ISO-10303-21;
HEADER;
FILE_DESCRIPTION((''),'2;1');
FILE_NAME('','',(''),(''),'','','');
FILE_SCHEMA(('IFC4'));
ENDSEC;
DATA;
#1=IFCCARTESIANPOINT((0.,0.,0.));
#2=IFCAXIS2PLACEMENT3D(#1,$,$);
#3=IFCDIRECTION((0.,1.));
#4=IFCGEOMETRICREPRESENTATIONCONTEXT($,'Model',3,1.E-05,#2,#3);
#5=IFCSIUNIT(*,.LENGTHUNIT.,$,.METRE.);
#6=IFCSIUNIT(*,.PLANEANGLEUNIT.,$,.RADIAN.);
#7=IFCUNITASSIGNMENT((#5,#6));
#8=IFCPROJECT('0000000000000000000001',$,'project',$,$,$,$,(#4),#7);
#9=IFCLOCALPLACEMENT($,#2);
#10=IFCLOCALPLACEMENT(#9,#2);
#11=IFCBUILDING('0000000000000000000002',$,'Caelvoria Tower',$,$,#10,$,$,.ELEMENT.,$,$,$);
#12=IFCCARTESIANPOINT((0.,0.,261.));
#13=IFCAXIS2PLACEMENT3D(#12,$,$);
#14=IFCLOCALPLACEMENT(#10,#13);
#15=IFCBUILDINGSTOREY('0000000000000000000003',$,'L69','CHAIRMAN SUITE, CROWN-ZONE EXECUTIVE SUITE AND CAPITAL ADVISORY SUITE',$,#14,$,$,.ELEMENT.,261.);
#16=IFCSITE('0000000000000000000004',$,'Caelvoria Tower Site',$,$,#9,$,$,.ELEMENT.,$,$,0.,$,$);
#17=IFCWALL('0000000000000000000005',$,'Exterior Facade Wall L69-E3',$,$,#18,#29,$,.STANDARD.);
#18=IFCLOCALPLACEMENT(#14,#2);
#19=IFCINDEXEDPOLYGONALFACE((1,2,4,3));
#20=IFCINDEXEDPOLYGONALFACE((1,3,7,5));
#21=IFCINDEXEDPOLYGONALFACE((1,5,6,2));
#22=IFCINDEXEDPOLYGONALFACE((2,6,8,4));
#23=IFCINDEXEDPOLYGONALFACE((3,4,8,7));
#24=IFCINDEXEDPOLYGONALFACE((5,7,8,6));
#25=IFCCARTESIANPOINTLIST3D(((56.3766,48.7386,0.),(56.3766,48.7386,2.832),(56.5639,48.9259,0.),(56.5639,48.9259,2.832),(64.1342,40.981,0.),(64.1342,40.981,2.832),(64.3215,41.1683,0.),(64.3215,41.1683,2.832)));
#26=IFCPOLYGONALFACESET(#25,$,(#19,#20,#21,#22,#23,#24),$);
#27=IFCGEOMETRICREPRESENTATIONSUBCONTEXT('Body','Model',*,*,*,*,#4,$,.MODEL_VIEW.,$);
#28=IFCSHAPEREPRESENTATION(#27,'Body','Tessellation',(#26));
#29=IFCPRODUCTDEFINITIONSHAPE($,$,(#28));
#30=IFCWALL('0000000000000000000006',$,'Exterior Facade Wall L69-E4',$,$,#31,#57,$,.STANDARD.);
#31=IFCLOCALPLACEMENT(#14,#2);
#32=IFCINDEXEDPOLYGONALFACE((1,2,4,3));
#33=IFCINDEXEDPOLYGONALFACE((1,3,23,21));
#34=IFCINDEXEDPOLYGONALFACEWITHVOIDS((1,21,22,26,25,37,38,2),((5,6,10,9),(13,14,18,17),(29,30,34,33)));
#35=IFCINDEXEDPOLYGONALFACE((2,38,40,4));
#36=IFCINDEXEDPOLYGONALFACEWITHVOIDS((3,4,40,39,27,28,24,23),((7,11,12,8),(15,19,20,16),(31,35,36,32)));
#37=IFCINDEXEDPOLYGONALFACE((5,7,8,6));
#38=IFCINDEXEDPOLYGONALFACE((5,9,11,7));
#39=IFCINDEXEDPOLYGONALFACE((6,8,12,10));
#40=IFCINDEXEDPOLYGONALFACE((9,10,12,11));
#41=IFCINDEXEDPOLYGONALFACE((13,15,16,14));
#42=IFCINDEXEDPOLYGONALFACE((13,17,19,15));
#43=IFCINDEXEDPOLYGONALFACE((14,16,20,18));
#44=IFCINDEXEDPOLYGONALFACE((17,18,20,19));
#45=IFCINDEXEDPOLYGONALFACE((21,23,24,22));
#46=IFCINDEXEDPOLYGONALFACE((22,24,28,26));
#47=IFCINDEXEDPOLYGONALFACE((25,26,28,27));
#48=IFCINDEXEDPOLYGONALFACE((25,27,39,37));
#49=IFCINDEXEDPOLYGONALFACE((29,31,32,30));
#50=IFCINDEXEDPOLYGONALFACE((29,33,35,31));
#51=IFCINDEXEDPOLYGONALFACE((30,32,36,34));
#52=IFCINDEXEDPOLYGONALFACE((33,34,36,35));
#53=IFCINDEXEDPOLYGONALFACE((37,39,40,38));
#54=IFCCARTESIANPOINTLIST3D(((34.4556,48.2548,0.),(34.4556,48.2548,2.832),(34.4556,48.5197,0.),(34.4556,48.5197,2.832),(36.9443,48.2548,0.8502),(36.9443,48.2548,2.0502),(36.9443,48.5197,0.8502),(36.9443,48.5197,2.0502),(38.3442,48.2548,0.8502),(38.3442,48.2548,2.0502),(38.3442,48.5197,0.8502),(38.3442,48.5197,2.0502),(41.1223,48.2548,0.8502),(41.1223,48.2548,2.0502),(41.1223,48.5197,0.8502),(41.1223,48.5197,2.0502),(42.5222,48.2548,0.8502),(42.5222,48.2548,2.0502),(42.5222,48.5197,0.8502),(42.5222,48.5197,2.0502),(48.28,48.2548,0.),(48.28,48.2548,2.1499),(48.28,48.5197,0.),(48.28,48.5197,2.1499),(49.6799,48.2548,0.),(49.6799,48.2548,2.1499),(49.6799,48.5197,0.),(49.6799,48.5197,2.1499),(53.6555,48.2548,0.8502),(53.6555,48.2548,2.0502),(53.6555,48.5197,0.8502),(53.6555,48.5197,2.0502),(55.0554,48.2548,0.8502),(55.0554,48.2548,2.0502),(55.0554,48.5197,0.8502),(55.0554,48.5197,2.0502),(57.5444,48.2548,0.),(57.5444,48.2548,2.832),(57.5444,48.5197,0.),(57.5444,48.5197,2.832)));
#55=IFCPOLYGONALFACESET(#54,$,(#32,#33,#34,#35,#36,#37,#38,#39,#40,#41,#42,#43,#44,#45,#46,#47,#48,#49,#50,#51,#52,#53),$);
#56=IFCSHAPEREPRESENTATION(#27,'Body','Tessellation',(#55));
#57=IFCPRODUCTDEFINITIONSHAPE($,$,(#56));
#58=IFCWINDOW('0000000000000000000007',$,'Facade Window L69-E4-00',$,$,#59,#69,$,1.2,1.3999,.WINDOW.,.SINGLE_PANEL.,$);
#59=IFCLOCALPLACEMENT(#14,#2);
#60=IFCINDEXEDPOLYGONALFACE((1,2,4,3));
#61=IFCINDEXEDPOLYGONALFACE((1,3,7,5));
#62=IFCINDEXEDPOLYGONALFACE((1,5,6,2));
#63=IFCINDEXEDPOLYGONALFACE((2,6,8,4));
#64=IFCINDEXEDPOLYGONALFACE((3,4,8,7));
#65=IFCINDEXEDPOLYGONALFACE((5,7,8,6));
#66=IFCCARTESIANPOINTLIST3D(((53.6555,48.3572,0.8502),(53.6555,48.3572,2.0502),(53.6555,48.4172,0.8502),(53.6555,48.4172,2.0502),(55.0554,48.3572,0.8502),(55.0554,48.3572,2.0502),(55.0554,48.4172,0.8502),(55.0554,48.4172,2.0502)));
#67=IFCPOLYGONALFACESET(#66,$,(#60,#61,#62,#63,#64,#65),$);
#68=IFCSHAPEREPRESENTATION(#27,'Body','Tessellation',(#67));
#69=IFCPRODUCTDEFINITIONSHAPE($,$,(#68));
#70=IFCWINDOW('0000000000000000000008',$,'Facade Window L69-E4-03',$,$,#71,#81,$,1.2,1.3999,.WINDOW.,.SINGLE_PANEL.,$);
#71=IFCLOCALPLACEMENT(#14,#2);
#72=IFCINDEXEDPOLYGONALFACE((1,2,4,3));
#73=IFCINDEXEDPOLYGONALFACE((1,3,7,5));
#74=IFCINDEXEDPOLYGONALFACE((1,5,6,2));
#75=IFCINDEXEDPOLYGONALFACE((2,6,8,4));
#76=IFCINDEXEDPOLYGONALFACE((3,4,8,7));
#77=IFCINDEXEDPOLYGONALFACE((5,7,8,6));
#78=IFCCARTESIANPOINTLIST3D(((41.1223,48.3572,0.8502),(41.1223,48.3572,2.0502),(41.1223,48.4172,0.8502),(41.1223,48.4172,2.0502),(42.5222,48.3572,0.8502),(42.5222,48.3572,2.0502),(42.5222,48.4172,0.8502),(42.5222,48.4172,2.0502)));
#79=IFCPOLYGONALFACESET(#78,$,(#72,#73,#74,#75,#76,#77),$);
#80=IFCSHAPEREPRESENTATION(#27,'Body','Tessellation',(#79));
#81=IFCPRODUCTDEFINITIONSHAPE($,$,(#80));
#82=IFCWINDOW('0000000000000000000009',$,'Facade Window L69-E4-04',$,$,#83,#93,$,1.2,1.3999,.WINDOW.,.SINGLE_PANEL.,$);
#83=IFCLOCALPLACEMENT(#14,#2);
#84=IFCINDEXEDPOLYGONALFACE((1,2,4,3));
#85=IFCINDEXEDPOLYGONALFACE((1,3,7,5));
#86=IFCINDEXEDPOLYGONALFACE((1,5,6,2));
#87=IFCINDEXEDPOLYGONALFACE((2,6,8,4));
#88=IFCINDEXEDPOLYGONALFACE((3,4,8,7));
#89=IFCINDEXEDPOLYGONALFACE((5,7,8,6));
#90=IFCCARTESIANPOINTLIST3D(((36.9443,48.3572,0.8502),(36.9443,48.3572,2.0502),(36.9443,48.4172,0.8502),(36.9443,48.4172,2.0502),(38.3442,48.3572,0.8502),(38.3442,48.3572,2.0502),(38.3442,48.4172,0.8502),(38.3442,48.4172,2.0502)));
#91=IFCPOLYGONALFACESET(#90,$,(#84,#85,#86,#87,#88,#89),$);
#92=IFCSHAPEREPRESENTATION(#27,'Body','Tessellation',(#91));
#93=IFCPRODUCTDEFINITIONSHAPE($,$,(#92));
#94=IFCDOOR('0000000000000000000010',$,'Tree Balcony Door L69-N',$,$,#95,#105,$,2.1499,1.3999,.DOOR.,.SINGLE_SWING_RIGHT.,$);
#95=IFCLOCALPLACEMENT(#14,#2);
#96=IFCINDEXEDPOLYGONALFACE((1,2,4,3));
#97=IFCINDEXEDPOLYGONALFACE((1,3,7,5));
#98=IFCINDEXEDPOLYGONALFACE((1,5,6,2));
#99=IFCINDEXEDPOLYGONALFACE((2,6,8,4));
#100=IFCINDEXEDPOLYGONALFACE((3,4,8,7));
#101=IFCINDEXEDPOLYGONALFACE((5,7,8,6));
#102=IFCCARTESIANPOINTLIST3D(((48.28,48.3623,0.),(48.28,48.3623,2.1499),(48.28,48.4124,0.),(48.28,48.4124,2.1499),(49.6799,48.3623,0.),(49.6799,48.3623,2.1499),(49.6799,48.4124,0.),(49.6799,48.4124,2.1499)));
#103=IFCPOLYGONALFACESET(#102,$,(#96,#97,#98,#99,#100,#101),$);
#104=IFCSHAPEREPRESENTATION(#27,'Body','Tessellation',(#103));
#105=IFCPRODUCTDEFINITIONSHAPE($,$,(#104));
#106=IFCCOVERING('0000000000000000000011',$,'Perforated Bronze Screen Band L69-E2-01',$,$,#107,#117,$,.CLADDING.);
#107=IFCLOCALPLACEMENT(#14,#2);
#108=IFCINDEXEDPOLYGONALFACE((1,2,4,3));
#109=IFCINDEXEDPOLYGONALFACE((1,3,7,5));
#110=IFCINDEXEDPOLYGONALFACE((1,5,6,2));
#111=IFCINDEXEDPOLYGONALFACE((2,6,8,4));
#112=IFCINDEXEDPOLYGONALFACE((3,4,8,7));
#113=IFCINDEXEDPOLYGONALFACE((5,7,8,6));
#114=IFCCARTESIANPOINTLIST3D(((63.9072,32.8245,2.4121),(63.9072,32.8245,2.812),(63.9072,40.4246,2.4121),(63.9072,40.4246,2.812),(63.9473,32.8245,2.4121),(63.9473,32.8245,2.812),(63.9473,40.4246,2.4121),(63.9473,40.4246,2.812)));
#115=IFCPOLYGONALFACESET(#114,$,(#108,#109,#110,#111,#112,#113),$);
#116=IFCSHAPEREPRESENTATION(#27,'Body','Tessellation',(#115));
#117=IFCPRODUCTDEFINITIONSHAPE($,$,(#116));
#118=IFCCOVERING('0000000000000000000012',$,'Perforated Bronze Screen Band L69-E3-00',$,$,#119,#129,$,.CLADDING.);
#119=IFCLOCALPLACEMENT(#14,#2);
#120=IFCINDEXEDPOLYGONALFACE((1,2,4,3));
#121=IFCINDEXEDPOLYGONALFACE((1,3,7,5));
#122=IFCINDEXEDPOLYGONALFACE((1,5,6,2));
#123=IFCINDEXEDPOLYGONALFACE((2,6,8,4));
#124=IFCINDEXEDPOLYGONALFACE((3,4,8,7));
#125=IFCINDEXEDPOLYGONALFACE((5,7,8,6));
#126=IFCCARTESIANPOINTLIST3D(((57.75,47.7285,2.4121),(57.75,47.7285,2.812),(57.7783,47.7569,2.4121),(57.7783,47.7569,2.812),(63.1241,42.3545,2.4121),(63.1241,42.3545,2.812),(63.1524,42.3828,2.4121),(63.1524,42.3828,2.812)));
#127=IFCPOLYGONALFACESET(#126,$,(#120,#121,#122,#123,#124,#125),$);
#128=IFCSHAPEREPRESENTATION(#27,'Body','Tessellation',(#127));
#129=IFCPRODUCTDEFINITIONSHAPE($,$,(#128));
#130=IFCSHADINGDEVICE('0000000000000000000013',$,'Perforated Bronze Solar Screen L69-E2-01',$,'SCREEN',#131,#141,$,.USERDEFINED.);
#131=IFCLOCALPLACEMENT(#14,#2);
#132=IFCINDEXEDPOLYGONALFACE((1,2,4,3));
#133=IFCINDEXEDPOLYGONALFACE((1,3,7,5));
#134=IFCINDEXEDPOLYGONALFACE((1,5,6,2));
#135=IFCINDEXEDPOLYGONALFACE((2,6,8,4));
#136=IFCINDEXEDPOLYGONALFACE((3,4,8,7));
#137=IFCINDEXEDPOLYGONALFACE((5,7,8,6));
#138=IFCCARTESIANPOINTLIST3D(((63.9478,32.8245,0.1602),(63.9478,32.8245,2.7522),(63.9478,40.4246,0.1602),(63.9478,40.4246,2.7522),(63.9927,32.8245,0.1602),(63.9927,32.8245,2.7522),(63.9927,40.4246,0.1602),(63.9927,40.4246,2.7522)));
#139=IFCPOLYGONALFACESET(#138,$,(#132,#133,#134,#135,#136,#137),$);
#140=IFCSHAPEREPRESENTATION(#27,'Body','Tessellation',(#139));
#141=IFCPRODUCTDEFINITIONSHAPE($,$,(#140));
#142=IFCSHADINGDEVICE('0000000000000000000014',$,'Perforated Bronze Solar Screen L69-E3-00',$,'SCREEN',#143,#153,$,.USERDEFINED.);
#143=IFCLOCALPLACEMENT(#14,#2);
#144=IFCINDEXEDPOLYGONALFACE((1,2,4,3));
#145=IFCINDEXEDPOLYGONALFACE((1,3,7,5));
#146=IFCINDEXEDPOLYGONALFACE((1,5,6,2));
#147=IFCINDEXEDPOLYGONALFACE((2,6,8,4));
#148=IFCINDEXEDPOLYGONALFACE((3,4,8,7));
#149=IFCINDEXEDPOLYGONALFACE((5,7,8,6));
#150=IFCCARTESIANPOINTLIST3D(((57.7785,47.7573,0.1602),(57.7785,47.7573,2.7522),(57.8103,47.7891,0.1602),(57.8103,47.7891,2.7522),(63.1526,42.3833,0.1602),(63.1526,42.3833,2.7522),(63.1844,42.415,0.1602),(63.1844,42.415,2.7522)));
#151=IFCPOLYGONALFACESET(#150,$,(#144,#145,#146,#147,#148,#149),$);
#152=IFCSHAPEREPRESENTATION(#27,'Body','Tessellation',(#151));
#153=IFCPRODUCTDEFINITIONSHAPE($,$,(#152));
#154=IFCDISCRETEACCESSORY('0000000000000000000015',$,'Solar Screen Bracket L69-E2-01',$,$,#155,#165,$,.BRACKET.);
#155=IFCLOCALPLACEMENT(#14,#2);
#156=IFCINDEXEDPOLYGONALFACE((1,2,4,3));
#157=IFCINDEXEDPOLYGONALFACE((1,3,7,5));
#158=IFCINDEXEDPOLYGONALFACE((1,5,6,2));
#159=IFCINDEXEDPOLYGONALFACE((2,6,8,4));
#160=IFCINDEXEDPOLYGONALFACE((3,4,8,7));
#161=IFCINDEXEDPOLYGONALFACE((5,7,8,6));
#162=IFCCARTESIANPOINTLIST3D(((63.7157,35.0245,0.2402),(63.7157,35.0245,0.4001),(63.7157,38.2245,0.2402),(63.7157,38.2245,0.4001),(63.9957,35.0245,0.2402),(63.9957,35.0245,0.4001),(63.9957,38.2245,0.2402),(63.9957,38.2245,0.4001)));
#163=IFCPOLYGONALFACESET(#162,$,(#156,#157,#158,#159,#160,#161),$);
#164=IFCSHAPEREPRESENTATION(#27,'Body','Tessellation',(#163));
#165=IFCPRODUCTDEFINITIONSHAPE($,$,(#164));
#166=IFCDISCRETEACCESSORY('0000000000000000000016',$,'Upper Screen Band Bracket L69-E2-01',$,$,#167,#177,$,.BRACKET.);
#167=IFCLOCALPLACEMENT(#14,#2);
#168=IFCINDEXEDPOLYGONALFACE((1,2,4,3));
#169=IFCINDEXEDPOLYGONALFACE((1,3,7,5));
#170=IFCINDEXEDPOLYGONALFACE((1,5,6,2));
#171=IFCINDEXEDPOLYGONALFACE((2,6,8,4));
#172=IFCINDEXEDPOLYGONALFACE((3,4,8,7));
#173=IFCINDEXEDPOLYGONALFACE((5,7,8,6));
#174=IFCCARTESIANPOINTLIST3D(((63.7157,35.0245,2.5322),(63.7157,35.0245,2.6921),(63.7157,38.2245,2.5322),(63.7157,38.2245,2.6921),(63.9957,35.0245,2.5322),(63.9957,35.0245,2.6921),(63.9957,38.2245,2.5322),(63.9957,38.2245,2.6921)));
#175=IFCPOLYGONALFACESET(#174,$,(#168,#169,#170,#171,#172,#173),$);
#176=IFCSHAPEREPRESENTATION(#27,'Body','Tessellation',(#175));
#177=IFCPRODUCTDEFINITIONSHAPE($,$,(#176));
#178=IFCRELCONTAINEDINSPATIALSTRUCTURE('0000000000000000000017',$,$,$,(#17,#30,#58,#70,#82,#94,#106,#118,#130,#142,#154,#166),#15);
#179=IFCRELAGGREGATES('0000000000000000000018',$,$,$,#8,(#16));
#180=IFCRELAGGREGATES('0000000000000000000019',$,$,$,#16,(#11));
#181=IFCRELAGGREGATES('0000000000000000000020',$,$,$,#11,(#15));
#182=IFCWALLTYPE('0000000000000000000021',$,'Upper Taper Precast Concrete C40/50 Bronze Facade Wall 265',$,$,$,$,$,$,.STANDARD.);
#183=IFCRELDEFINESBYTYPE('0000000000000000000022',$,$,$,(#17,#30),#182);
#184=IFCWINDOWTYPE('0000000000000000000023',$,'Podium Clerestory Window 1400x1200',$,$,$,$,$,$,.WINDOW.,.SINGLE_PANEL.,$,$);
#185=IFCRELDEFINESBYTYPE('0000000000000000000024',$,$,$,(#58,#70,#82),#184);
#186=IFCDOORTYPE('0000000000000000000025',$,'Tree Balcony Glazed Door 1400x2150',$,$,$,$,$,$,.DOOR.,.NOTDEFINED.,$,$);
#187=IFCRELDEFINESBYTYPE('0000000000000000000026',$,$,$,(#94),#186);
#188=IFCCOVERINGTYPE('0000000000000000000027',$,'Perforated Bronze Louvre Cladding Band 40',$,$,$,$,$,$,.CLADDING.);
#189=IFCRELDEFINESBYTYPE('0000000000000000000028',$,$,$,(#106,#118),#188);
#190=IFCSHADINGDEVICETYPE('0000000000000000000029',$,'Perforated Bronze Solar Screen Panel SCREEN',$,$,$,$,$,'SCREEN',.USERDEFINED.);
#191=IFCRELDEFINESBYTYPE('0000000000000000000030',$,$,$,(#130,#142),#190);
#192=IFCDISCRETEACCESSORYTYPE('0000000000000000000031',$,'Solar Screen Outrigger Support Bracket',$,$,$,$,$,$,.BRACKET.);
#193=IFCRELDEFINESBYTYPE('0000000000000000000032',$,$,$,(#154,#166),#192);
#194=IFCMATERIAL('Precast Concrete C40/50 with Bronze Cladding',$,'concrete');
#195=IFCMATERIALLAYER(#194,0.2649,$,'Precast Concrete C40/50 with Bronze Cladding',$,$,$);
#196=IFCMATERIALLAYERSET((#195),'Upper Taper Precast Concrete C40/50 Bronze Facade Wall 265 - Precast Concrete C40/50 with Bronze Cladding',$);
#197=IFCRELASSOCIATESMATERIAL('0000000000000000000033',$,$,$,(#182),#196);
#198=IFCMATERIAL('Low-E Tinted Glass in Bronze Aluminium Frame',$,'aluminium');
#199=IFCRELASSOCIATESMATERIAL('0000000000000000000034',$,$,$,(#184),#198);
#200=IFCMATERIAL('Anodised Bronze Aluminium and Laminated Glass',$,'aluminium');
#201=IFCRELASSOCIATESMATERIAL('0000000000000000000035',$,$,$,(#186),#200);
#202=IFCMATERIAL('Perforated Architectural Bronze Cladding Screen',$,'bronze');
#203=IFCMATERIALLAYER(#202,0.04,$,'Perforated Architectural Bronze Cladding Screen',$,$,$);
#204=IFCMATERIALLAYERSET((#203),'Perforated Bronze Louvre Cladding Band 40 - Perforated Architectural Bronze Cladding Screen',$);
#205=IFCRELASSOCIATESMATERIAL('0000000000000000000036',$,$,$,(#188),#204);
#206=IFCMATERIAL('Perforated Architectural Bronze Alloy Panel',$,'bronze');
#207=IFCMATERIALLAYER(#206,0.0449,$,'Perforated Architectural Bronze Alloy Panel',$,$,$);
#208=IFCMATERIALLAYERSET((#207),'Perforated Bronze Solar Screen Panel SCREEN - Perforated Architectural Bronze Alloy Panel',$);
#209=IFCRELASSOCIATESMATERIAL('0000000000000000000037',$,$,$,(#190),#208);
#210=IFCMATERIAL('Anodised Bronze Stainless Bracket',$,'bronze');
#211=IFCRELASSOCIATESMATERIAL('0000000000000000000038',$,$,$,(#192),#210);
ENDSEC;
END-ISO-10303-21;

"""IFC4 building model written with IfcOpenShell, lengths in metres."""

from ifc_helpers import new_model, si_unit, direction, frame, frame_2d, origin, origin_2d, place, context, subcontext, project, spatial, rectangle, extrude, material, layer, layer_set, type_object, element, fill, save


model = new_model("IFC4")

# Units and contexts
model_context = context("Model", 3, precision=1e-05, world=origin(), true_north=direction((0.0, 1.0)))
body_context = subcontext(model_context, "Body", "Model", "MODEL_VIEW")
ifc_project = project(units=[si_unit("LENGTHUNIT", "METRE"), si_unit("PLANEANGLEUNIT", "RADIAN")], contexts=[model_context])

# Site, building, storey
site_placement = place(None, origin())
site = spatial("IfcSite", under=ifc_project, at=site_placement, Name="Caelvoria Tower Site", CompositionType="ELEMENT", RefElevation=0.0)
building_placement = place(site_placement, origin())
building = spatial("IfcBuilding", under=site, at=building_placement, Name="Caelvoria Tower", CompositionType="ELEMENT")
storey_placement = place(building_placement, frame((0.0, 0.0, 261.0)))
storey = spatial("IfcBuildingStorey", under=building, at=storey_placement, Name="L69", Description="CHAIRMAN SUITE, CROWN-ZONE EXECUTIVE SUITE AND CAPITAL ADVISORY SUITE", CompositionType="ELEMENT", Elevation=261.0)

# Wall
ifc_material_1 = material(Name="Precast Concrete C40/50 with Bronze Cladding", Category="concrete")
ifc_layer_1 = layer(ifc_material_1, 0.2649, Name="Precast Concrete C40/50 with Bronze Cladding")
ifc_layer_set_1 = layer_set([ifc_layer_1], Name="Upper Taper Precast Concrete C40/50 Bronze Facade Wall 265 - Precast Concrete C40/50 with Bronze Cladding")
wall_type_1 = type_object("IfcWallType", Name="Upper Taper Precast Concrete C40/50 Bronze Facade Wall 265", PredefinedType="STANDARD", material=ifc_layer_set_1)
wall_1_placement = place(storey_placement, frame((64.2278, 41.0747, 0.0), z_axis=(0.0, 0.0, 1.0), x_axis=(-0.707107, 0.707107, 0.0)))
element("IfcWall", 1, at=wall_1_placement, inside=storey, type_object=wall_type_1, Name="Exterior Facade Wall L69-E3", PredefinedType="STANDARD", context=body_context, shape_type="SweptSolid", body=[
    extrude(rectangle(XDim=10.9709, YDim=0.2649, at=frame_2d((5.4854, 0.0))), origin(), (0.0, 0.0, 1.0), 2.832),
])

# Wall, openings, windows, door
wall_2_placement = place(storey_placement, frame((57.5444, 48.3872, 0.0), z_axis=(0.0, 0.0, 1.0), x_axis=(-1.0, 0.0, 0.0)))
wall_2 = element("IfcWall", 2, at=wall_2_placement, inside=storey, type_object=wall_type_1, Name="Exterior Facade Wall L69-E4", PredefinedType="STANDARD", context=body_context, shape_type="SweptSolid", body=[
    extrude(rectangle(XDim=23.0889, YDim=0.2649, at=frame_2d((11.5444, 0.0))), origin(), (0.0, 0.0, 1.0), 2.832),
])
opening_1_placement = place(wall_2_placement, frame((7.8645, 0.0, 0.0)))
opening_1 = element("IfcOpeningElement", 3, at=opening_1_placement, cuts=wall_2, PredefinedType="OPENING", context=body_context, shape_type="SweptSolid", body=[
    extrude(rectangle(XDim=1.3999, YDim=2.1499, at=frame_2d((0.7, 1.075))), frame((0.0, 0.1423, 0.0), z_axis=(0.0, -1.0, 0.0), x_axis=(1.0, 0.0, 0.0)), (0.0, 0.0, 1.0), 0.2849),
])
opening_2_placement = place(wall_2_placement, frame((2.489, 0.0, 0.8501)))
opening_2 = element("IfcOpeningElement", 4, at=opening_2_placement, cuts=wall_2, PredefinedType="OPENING", context=body_context, shape_type="SweptSolid", body=[
    extrude(rectangle(XDim=1.3999, YDim=1.2, at=frame_2d((0.7, 0.6001))), frame((0.0, 0.1423, 0.0), z_axis=(0.0, -1.0, 0.0), x_axis=(1.0, 0.0, 0.0)), (0.0, 0.0, 1.0), 0.2849),
])
opening_3_placement = place(wall_2_placement, frame((15.0222, 0.0, 0.8501)))
opening_3 = element("IfcOpeningElement", 5, at=opening_3_placement, cuts=wall_2, PredefinedType="OPENING", context=body_context, shape_type="SweptSolid", body=[
    extrude(rectangle(XDim=1.3999, YDim=1.2, at=frame_2d((0.7, 0.6001))), frame((0.0, 0.1423, 0.0), z_axis=(0.0, -1.0, 0.0), x_axis=(1.0, 0.0, 0.0)), (0.0, 0.0, 1.0), 0.2849),
])
opening_4_placement = place(wall_2_placement, frame((19.2002, 0.0, 0.8501)))
opening_4 = element("IfcOpeningElement", 6, at=opening_4_placement, cuts=wall_2, PredefinedType="OPENING", context=body_context, shape_type="SweptSolid", body=[
    extrude(rectangle(XDim=1.3999, YDim=1.2, at=frame_2d((0.7, 0.6001))), frame((0.0, 0.1423, 0.0), z_axis=(0.0, -1.0, 0.0), x_axis=(1.0, 0.0, 0.0)), (0.0, 0.0, 1.0), 0.2849),
])
ifc_material_2 = material(Name="Low-E Tinted Glass in Bronze Aluminium Frame", Category="aluminium")
window_type = type_object("IfcWindowType", Name="Podium Clerestory Window 1400x1200", PartitioningType="SINGLE_PANEL", PredefinedType="WINDOW", material=ifc_material_2)
window_1_placement = place(opening_2_placement, origin())
window_1 = element("IfcWindow", 7, at=window_1_placement, inside=storey, type_object=window_type, Name="Facade Window L69-E4-00", OverallHeight=1.2, OverallWidth=1.3999, PartitioningType="SINGLE_PANEL", PredefinedType="WINDOW", context=body_context, shape_type="SweptSolid", body=[
    extrude(rectangle(XDim=1.3999, YDim=1.2, at=frame_2d((0.7, 0.6001))), frame((0.0, 0.03, 0.0), z_axis=(0.0, -1.0, 0.0), x_axis=(1.0, 0.0, 0.0)), (0.0, 0.0, 1.0), 0.0601),
])
fill(opening_2, window_1)
window_2_placement = place(opening_3_placement, origin())
window_2 = element("IfcWindow", 8, at=window_2_placement, inside=storey, type_object=window_type, Name="Facade Window L69-E4-03", OverallHeight=1.2, OverallWidth=1.3999, PartitioningType="SINGLE_PANEL", PredefinedType="WINDOW", context=body_context, shape_type="SweptSolid", body=[
    extrude(rectangle(XDim=1.3999, YDim=1.2, at=frame_2d((0.7, 0.6001))), frame((0.0, 0.03, 0.0), z_axis=(0.0, -1.0, 0.0), x_axis=(1.0, 0.0, 0.0)), (0.0, 0.0, 1.0), 0.0601),
])
fill(opening_3, window_2)
window_3_placement = place(opening_4_placement, origin())
window_3 = element("IfcWindow", 9, at=window_3_placement, inside=storey, type_object=window_type, Name="Facade Window L69-E4-04", OverallHeight=1.2, OverallWidth=1.3999, PartitioningType="SINGLE_PANEL", PredefinedType="WINDOW", context=body_context, shape_type="SweptSolid", body=[
    extrude(rectangle(XDim=1.3999, YDim=1.2, at=frame_2d((0.7, 0.6001))), frame((0.0, 0.03, 0.0), z_axis=(0.0, -1.0, 0.0), x_axis=(1.0, 0.0, 0.0)), (0.0, 0.0, 1.0), 0.0601),
])
fill(opening_4, window_3)
ifc_material_3 = material(Name="Anodised Bronze Aluminium and Laminated Glass", Category="aluminium")
door_type = type_object("IfcDoorType", Name="Tree Balcony Glazed Door 1400x2150", OperationType="NOTDEFINED", PredefinedType="DOOR", material=ifc_material_3)
door_placement = place(opening_1_placement, origin())
door = element("IfcDoor", 10, at=door_placement, inside=storey, type_object=door_type, Name="Tree Balcony Door L69-N", OperationType="SINGLE_SWING_RIGHT", OverallHeight=2.1499, OverallWidth=1.3999, PredefinedType="DOOR", context=body_context, shape_type="SweptSolid", body=[
    extrude(rectangle(XDim=1.3999, YDim=2.1499, at=frame_2d((0.7, 1.075))), frame((0.0, 0.0249, 0.0), z_axis=(0.0, -1.0, 0.0), x_axis=(1.0, 0.0, 0.0)), (0.0, 0.0, 1.0), 0.05),
])
fill(opening_1, door)

# Coverings
ifc_material_4 = material(Name="Perforated Architectural Bronze Cladding Screen", Category="bronze")
ifc_layer_2 = layer(ifc_material_4, 0.04, Name="Perforated Architectural Bronze Cladding Screen")
ifc_layer_set_2 = layer_set([ifc_layer_2], Name="Perforated Bronze Louvre Cladding Band 40 - Perforated Architectural Bronze Cladding Screen")
covering_type = type_object("IfcCoveringType", Name="Perforated Bronze Louvre Cladding Band 40", PredefinedType="CLADDING", material=ifc_layer_set_2)
for number, where, z_axis, x_axis, name in (
    (11, (63.9272, 36.6245, 2.4121), (0.0, 0.0, 1.0), (0.0, 1.0, 0.0), "Perforated Bronze Screen Band L69-E2-01"),
    (12, (60.4512, 45.0557, 2.4121), (0.0, 0.0, 1.0), (-0.707107, 0.707107, 0.0), "Perforated Bronze Screen Band L69-E3-00"),
):
    element("IfcCovering", number, at=place(storey_placement, frame(where, z_axis=z_axis, x_axis=x_axis)), inside=storey, type_object=covering_type, Name=name, PredefinedType="CLADDING", context=body_context, shape_type="SweptSolid", body=[
        extrude(rectangle(XDim=7.6001, YDim=0.04, at=origin_2d()), origin(), (0.0, 0.0, 1.0), 0.3999),
    ])

# Shading devices
ifc_material_5 = material(Name="Perforated Architectural Bronze Alloy Panel", Category="bronze")
ifc_layer_3 = layer(ifc_material_5, 0.0449, Name="Perforated Architectural Bronze Alloy Panel")
ifc_layer_set_3 = layer_set([ifc_layer_3], Name="Perforated Bronze Solar Screen Panel SCREEN - Perforated Architectural Bronze Alloy Panel")
shading_device_type = type_object("IfcShadingDeviceType", Name="Perforated Bronze Solar Screen Panel SCREEN", ElementType="SCREEN", PredefinedType="USERDEFINED", material=ifc_layer_set_3)
for number, where, z_axis, x_axis, name in (
    (13, (63.9702, 36.6245, 0.1602), (0.0, 0.0, 1.0), (0.0, 1.0, 0.0), "Perforated Bronze Solar Screen L69-E2-01"),
    (14, (60.4814, 45.0862, 0.1602), (0.0, 0.0, 1.0), (-0.707107, 0.707107, 0.0), "Perforated Bronze Solar Screen L69-E3-00"),
):
    element("IfcShadingDevice", number, at=place(storey_placement, frame(where, z_axis=z_axis, x_axis=x_axis)), inside=storey, type_object=shading_device_type, Name=name, ObjectType="SCREEN", PredefinedType="USERDEFINED", context=body_context, shape_type="SweptSolid", body=[
        extrude(rectangle(XDim=7.6001, YDim=0.0449, at=origin_2d()), origin(), (0.0, 0.0, 1.0), 2.592),
    ])

# Discrete accessories
ifc_material_6 = material(Name="Anodised Bronze Stainless Bracket", Category="bronze")
discrete_accessory_type = type_object("IfcDiscreteAccessoryType", Name="Solar Screen Outrigger Support Bracket", PredefinedType="BRACKET", material=ifc_material_6)
for number, where, z_axis, x_axis, name in (
    (15, (63.8557, 36.6245, 0.2402), (0.0, 0.0, 1.0), (0.0, 1.0, 0.0), "Solar Screen Bracket L69-E2-01"),
    (16, (63.8557, 36.6245, 2.5322), (0.0, 0.0, 1.0), (0.0, 1.0, 0.0), "Upper Screen Band Bracket L69-E2-01"),
):
    element("IfcDiscreteAccessory", number, at=place(storey_placement, frame(where, z_axis=z_axis, x_axis=x_axis)), inside=storey, type_object=discrete_accessory_type, Name=name, PredefinedType="BRACKET", context=body_context, shape_type="SweptSolid", body=[
        extrude(rectangle(XDim=3.2, YDim=0.28, at=origin_2d()), origin(), (0.0, 0.0, 1.0), 0.1599),
    ])

save(model, "model.ifc")
